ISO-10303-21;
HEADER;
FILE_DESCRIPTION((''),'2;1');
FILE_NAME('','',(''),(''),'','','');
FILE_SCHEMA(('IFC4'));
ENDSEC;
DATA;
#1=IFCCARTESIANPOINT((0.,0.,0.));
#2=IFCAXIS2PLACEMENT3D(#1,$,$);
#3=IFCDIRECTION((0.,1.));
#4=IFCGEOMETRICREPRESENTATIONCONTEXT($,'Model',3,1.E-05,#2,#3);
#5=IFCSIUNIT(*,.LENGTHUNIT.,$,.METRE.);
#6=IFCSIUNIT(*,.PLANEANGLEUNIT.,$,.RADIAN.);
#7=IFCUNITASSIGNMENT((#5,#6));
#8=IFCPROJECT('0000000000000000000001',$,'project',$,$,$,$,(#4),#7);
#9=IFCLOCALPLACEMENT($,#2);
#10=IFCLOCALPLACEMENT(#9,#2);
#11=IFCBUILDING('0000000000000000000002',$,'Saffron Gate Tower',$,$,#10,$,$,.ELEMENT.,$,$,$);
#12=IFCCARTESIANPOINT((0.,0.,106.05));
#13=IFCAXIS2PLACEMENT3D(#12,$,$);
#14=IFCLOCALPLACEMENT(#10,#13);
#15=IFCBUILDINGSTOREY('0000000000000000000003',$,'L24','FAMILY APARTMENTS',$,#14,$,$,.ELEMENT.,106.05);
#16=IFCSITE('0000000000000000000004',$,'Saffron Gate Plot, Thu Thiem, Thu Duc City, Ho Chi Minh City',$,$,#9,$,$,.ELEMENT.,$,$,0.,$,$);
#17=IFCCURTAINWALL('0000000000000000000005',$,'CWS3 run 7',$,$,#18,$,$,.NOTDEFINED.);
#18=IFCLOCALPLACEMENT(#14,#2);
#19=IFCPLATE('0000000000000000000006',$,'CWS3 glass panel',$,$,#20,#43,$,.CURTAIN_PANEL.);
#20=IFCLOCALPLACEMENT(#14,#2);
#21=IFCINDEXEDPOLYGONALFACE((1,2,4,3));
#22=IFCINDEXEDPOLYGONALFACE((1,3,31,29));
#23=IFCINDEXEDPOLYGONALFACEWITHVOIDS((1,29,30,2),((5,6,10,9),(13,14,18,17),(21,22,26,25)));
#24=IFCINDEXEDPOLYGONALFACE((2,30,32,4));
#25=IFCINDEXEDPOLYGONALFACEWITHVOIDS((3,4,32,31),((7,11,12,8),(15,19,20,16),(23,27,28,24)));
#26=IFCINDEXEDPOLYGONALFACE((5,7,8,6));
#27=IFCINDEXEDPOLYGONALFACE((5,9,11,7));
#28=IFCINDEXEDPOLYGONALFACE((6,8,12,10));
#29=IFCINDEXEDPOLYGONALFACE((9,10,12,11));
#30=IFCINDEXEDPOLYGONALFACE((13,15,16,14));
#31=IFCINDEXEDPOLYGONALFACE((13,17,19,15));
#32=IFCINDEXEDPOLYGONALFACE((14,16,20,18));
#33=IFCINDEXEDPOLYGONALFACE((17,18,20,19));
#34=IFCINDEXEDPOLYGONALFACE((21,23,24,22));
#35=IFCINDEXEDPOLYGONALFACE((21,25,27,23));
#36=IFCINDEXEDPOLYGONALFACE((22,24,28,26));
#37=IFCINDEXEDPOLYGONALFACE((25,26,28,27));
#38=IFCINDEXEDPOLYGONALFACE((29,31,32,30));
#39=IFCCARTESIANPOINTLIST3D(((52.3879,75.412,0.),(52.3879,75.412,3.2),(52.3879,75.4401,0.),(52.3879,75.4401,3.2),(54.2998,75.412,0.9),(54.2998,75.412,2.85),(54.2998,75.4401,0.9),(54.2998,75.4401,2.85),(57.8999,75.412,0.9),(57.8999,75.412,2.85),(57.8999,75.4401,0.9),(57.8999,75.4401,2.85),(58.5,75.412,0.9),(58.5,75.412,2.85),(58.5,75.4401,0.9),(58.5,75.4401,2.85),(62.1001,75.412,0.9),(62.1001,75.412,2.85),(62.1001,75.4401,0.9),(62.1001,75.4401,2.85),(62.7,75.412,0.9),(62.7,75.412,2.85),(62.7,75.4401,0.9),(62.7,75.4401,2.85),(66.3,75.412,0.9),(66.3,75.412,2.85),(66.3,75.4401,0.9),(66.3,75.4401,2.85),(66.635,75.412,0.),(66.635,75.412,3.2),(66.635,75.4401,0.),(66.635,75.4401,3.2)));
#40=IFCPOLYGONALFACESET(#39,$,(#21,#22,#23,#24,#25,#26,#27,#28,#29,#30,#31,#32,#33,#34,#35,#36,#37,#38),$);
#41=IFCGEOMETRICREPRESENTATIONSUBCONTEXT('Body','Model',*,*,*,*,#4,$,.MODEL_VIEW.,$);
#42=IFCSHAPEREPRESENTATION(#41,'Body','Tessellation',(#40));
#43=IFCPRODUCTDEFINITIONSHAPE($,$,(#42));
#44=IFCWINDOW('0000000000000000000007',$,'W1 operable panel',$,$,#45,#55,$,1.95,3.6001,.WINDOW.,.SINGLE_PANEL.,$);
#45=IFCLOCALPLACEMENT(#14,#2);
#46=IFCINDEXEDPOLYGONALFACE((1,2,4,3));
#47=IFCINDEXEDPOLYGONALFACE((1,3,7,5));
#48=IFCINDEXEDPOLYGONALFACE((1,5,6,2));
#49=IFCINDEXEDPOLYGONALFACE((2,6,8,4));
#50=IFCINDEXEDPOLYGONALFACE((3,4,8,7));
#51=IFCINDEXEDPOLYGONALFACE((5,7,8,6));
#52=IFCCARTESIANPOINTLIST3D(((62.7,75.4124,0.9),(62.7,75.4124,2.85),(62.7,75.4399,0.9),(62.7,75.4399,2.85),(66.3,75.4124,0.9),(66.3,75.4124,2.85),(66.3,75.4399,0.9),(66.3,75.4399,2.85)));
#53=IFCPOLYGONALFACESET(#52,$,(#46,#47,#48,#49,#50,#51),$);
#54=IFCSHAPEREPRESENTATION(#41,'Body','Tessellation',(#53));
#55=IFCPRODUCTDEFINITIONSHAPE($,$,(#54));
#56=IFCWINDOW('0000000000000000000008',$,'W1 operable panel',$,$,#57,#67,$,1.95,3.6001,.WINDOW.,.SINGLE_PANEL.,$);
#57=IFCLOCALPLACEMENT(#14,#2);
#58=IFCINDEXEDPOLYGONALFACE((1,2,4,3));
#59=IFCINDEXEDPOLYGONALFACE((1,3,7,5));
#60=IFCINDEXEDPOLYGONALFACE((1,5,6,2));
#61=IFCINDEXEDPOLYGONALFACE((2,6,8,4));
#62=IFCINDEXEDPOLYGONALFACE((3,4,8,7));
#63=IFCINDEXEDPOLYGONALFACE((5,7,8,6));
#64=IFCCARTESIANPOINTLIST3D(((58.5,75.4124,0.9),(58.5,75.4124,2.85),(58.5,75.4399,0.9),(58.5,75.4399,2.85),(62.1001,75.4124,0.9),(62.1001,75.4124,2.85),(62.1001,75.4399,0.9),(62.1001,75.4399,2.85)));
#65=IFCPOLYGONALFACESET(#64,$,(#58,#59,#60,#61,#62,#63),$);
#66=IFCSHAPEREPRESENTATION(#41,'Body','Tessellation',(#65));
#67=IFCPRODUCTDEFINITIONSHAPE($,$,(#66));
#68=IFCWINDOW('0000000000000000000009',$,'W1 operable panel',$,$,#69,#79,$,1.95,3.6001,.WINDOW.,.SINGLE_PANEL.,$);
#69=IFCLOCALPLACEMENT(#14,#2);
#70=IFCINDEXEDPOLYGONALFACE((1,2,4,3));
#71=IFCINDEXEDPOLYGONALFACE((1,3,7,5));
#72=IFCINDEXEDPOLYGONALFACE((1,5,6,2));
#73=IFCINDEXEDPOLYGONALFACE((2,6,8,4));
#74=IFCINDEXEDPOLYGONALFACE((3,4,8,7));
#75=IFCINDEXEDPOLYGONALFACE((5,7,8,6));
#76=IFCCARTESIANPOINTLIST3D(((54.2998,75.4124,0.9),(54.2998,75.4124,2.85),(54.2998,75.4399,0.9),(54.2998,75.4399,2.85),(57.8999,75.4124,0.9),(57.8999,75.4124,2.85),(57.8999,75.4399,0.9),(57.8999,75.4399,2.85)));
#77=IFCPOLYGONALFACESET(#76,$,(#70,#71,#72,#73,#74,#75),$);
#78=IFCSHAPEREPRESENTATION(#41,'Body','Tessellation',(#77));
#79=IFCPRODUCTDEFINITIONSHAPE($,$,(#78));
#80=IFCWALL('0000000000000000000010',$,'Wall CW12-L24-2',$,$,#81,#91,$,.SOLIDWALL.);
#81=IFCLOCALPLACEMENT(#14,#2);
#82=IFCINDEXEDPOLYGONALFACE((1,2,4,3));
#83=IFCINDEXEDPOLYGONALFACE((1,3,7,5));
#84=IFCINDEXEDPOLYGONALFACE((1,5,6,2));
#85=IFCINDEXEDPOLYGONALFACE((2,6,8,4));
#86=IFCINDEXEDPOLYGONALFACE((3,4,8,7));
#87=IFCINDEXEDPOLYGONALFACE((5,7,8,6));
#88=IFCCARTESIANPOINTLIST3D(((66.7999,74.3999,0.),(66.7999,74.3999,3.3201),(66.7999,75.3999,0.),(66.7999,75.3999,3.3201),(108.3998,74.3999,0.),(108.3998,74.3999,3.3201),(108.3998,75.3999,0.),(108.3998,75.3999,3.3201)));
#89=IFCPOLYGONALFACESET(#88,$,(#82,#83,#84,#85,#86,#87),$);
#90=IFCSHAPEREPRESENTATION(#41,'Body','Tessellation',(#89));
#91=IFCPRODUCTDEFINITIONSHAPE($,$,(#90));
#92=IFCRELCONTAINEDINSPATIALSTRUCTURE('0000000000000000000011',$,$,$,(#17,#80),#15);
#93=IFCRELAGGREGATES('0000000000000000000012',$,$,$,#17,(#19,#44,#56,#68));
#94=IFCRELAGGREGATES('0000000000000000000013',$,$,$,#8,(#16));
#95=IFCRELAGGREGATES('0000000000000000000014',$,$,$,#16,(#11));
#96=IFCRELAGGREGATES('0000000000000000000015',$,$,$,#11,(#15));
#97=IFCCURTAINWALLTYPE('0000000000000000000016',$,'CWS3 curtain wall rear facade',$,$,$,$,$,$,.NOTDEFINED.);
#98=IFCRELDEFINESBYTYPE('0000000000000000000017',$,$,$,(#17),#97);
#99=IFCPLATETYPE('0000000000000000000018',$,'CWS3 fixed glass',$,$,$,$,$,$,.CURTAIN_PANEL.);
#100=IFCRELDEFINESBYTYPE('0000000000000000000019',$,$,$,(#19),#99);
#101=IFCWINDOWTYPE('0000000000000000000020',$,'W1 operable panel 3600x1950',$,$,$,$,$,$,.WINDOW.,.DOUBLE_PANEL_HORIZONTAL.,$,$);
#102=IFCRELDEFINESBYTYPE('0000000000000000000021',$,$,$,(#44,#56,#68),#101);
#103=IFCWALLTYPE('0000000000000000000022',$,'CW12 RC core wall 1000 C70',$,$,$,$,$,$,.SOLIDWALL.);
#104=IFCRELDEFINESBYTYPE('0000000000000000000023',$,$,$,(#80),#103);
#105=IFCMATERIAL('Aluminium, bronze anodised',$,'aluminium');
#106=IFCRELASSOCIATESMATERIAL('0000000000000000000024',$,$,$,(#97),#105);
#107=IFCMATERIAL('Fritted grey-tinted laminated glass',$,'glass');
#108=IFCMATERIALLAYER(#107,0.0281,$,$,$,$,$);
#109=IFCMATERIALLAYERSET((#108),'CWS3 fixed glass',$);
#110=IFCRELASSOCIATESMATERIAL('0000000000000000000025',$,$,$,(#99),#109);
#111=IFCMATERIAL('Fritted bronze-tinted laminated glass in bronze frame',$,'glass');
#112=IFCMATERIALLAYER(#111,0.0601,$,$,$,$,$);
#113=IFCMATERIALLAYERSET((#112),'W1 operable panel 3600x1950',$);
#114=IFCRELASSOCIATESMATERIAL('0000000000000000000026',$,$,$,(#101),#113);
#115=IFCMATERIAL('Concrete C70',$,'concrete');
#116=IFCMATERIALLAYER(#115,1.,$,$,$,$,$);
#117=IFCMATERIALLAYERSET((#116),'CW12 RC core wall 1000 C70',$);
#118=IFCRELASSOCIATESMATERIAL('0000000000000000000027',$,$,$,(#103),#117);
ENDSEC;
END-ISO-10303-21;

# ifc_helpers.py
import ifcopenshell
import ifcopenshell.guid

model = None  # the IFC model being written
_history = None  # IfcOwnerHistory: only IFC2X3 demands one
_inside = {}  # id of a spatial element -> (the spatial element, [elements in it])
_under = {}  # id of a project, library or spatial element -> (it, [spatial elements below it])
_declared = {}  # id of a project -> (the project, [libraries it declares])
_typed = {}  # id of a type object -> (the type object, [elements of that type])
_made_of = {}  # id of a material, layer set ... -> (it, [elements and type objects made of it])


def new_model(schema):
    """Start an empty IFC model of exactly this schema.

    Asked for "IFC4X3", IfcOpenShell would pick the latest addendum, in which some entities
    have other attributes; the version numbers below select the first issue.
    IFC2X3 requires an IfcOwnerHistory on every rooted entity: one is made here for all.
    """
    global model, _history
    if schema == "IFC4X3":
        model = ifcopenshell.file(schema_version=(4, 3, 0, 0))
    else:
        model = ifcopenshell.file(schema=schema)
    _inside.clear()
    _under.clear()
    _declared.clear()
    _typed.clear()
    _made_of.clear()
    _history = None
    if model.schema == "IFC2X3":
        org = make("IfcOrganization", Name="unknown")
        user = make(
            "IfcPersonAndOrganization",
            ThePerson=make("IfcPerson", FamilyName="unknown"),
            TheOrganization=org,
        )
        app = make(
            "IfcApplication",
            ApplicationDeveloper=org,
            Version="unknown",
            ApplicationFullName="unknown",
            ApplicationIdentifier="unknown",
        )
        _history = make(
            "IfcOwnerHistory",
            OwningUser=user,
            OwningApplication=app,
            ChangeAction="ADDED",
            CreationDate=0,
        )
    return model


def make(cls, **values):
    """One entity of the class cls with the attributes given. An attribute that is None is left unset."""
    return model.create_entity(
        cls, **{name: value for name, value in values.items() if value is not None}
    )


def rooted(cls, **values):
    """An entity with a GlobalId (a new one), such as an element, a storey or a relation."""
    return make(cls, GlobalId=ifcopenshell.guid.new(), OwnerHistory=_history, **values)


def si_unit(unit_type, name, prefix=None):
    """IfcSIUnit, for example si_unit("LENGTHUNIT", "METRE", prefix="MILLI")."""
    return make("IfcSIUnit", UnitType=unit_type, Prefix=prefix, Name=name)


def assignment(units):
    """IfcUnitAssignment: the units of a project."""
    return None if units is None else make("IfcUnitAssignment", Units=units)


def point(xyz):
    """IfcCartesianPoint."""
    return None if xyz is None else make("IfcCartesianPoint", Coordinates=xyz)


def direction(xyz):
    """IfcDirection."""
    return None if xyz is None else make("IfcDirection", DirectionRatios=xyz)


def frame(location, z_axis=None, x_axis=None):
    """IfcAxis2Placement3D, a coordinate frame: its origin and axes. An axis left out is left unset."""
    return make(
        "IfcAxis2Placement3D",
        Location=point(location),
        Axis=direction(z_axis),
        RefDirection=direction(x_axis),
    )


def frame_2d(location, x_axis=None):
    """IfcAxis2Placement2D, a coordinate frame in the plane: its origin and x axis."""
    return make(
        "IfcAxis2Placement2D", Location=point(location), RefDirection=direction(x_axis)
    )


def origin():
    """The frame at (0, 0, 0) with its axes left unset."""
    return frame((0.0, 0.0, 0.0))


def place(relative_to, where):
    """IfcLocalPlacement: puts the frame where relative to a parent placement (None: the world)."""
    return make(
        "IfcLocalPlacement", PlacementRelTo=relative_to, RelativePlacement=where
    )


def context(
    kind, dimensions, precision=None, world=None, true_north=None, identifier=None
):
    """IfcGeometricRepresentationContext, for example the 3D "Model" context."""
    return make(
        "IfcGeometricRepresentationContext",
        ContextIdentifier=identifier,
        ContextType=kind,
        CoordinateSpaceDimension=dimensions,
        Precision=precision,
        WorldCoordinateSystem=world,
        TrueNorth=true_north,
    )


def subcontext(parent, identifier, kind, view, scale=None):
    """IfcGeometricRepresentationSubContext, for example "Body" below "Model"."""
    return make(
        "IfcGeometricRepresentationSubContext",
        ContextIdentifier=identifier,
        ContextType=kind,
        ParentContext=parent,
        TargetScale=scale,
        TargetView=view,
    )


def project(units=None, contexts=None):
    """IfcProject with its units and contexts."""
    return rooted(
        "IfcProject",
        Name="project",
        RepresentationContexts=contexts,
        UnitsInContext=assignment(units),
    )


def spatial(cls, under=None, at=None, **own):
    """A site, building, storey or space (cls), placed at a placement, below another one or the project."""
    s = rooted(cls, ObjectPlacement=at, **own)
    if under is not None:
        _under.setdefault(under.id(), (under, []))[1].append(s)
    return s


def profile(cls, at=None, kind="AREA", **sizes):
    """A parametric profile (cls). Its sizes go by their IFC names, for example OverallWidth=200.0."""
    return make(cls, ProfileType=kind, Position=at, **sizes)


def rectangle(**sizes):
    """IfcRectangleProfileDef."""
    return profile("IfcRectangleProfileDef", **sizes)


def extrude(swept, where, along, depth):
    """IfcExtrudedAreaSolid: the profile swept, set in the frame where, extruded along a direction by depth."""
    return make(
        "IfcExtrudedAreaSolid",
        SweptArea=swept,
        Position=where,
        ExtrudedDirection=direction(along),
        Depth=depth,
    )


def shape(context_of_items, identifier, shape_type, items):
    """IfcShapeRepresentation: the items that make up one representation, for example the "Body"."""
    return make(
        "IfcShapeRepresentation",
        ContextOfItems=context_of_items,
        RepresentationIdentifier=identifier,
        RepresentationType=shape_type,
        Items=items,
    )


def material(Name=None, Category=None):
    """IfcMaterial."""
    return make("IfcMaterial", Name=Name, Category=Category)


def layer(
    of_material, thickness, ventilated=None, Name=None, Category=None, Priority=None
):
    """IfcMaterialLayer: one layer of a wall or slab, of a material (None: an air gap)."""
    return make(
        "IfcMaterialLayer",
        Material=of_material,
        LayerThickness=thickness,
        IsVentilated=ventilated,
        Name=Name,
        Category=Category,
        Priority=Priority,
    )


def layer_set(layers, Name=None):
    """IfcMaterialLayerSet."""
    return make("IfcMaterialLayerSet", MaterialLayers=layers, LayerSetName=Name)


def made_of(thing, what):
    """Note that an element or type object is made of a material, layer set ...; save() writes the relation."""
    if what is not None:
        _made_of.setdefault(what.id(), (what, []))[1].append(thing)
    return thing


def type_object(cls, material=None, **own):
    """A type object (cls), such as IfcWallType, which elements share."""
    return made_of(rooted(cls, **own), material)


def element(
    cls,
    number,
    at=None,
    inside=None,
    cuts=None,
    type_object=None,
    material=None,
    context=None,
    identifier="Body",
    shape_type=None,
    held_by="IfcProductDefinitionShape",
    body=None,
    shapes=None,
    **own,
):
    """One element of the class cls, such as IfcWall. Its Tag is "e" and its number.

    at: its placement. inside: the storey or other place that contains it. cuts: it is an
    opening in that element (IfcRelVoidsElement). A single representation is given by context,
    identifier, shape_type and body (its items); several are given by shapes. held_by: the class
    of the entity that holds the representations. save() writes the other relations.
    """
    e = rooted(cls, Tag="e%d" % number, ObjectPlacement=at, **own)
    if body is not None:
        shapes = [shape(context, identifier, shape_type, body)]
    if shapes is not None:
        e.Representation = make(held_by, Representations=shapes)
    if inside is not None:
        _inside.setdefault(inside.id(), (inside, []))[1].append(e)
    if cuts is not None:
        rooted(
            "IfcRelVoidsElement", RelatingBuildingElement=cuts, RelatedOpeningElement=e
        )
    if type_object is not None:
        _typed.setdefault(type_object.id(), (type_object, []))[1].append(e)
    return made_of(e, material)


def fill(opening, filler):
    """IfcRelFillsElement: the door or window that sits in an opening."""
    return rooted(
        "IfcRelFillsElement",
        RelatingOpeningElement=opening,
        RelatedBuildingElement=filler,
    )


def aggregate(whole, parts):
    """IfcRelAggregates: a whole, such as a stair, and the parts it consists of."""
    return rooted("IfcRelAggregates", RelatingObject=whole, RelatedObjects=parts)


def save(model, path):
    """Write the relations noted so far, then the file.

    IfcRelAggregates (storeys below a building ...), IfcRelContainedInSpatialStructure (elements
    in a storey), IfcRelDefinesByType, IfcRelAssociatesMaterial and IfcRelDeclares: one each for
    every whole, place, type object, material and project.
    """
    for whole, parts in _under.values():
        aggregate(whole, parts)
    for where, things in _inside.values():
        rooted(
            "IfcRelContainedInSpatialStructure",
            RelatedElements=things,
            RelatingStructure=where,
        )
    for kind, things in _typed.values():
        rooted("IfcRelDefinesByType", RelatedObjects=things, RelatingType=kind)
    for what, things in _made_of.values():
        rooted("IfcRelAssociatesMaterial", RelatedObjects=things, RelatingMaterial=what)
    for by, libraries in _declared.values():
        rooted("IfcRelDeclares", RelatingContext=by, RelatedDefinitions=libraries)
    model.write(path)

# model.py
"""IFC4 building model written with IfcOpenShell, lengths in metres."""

from ifc_helpers import new_model, si_unit, direction, frame, frame_2d, origin, place, context, subcontext, project, spatial, rectangle, extrude, material, layer, layer_set, type_object, element, fill, aggregate, save


model = new_model("IFC4")

# Units and contexts
model_context = context("Model", 3, precision=1e-05, world=origin(), true_north=direction((0.0, 1.0)))
body_context = subcontext(model_context, "Body", "Model", "MODEL_VIEW")
ifc_project = project(units=[si_unit("LENGTHUNIT", "METRE"), si_unit("PLANEANGLEUNIT", "RADIAN")], contexts=[model_context])

# Site, building, storey
site_placement = place(None, origin())
site = spatial("IfcSite", under=ifc_project, at=site_placement, Name="Saffron Gate Plot, Thu Thiem, Thu Duc City, Ho Chi Minh City", CompositionType="ELEMENT", RefElevation=0.0)
building_placement = place(site_placement, origin())
building = spatial("IfcBuilding", under=site, at=building_placement, Name="Saffron Gate Tower", CompositionType="ELEMENT")
storey_placement = place(building_placement, frame((0.0, 0.0, 106.05)))
storey = spatial("IfcBuildingStorey", under=building, at=storey_placement, Name="L24", Description="FAMILY APARTMENTS", CompositionType="ELEMENT", Elevation=106.05)

# Curtain wall, plate, openings, windows
ifc_material_1 = material(Name="Aluminium, bronze anodised", Category="aluminium")
curtain_wall_type = type_object("IfcCurtainWallType", Name="CWS3 curtain wall rear facade", PredefinedType="NOTDEFINED", material=ifc_material_1)
curtain_wall_placement = place(storey_placement, origin())
curtain_wall = element("IfcCurtainWall", 1, at=curtain_wall_placement, inside=storey, type_object=curtain_wall_type, Name="CWS3 run 7", PredefinedType="NOTDEFINED")
ifc_material_2 = material(Name="Fritted grey-tinted laminated glass", Category="glass")
ifc_layer_1 = layer(ifc_material_2, 0.0281)
ifc_layer_set_1 = layer_set([ifc_layer_1], Name="CWS3 fixed glass")
plate_type = type_object("IfcPlateType", Name="CWS3 fixed glass", PredefinedType="CURTAIN_PANEL", material=ifc_layer_set_1)
plate_placement = place(storey_placement, frame((66.635, 75.426, 0.0), z_axis=(0.0, 0.0, 1.0), x_axis=(-1.0, 0.0, 0.0)))
plate = element("IfcPlate", 2, at=plate_placement, type_object=plate_type, Name="CWS3 glass panel", PredefinedType="CURTAIN_PANEL", context=body_context, shape_type="SweptSolid", body=[
    extrude(rectangle(XDim=14.2471, YDim=0.0281, at=frame_2d((7.1235, 0.0))), origin(), (0.0, 0.0, 1.0), 3.2),
])
opening_1_placement = place(plate_placement, frame((0.335, 0.0, 0.8999)))
opening_1 = element("IfcOpeningElement", 3, at=opening_1_placement, cuts=plate, PredefinedType="OPENING", context=body_context, shape_type="SweptSolid", body=[
    extrude(rectangle(XDim=3.6001, YDim=1.95, at=frame_2d((1.8, 0.9751))), frame((0.0, 0.0239, 0.0), z_axis=(0.0, -1.0, 0.0), x_axis=(1.0, 0.0, 0.0)), (0.0, 0.0, 1.0), 0.0481),
])
opening_2_placement = place(plate_placement, frame((4.5349, 0.0, 0.8999)))
opening_2 = element("IfcOpeningElement", 4, at=opening_2_placement, cuts=plate, PredefinedType="OPENING", context=body_context, shape_type="SweptSolid", body=[
    extrude(rectangle(XDim=3.6001, YDim=1.95, at=frame_2d((1.8, 0.9751))), frame((0.0, 0.0239, 0.0), z_axis=(0.0, -1.0, 0.0), x_axis=(1.0, 0.0, 0.0)), (0.0, 0.0, 1.0), 0.0481),
])
opening_3_placement = place(plate_placement, frame((8.7351, 0.0, 0.8999)))
opening_3 = element("IfcOpeningElement", 5, at=opening_3_placement, cuts=plate, PredefinedType="OPENING", context=body_context, shape_type="SweptSolid", body=[
    extrude(rectangle(XDim=3.6001, YDim=1.95, at=frame_2d((1.8, 0.9751))), frame((0.0, 0.0239, 0.0), z_axis=(0.0, -1.0, 0.0), x_axis=(1.0, 0.0, 0.0)), (0.0, 0.0, 1.0), 0.0481),
])
ifc_material_3 = material(Name="Fritted bronze-tinted laminated glass in bronze frame", Category="glass")
ifc_layer_2 = layer(ifc_material_3, 0.0601)
ifc_layer_set_2 = layer_set([ifc_layer_2], Name="W1 operable panel 3600x1950")
window_type = type_object("IfcWindowType", Name="W1 operable panel 3600x1950", PartitioningType="DOUBLE_PANEL_HORIZONTAL", PredefinedType="WINDOW", material=ifc_layer_set_2)
window_1_placement = place(opening_1_placement, origin())
window_1 = element("IfcWindow", 6, at=window_1_placement, type_object=window_type, Name="W1 operable panel", OverallHeight=1.95, OverallWidth=3.6001, PartitioningType="SINGLE_PANEL", PredefinedType="WINDOW", context=body_context, shape_type="SweptSolid", body=[
    extrude(rectangle(XDim=3.6001, YDim=1.95, at=frame_2d((1.8, 0.9751))), frame((0.0, 0.0137, 0.0), z_axis=(0.0, -1.0, 0.0), x_axis=(1.0, 0.0, 0.0)), (0.0, 0.0, 1.0), 0.0276),
])
fill(opening_1, window_1)
window_2_placement = place(opening_2_placement, origin())
window_2 = element("IfcWindow", 7, at=window_2_placement, type_object=window_type, Name="W1 operable panel", OverallHeight=1.95, OverallWidth=3.6001, PartitioningType="SINGLE_PANEL", PredefinedType="WINDOW", context=body_context, shape_type="SweptSolid", body=[
    extrude(rectangle(XDim=3.6001, YDim=1.95, at=frame_2d((1.8, 0.9751))), frame((0.0, 0.0137, 0.0), z_axis=(0.0, -1.0, 0.0), x_axis=(1.0, 0.0, 0.0)), (0.0, 0.0, 1.0), 0.0276),
])
fill(opening_2, window_2)
window_3_placement = place(opening_3_placement, origin())
window_3 = element("IfcWindow", 8, at=window_3_placement, type_object=window_type, Name="W1 operable panel", OverallHeight=1.95, OverallWidth=3.6001, PartitioningType="SINGLE_PANEL", PredefinedType="WINDOW", context=body_context, shape_type="SweptSolid", body=[
    extrude(rectangle(XDim=3.6001, YDim=1.95, at=frame_2d((1.8, 0.9751))), frame((0.0, 0.0137, 0.0), z_axis=(0.0, -1.0, 0.0), x_axis=(1.0, 0.0, 0.0)), (0.0, 0.0, 1.0), 0.0276),
])
fill(opening_3, window_3)
aggregate(curtain_wall, [plate, window_1, window_2, window_3])

# Wall
ifc_material_4 = material(Name="Concrete C70", Category="concrete")
ifc_layer_3 = layer(ifc_material_4, 1.0)
ifc_layer_set_3 = layer_set([ifc_layer_3], Name="CW12 RC core wall 1000 C70")
wall_type_1 = type_object("IfcWallType", Name="CW12 RC core wall 1000 C70", PredefinedType="SOLIDWALL", material=ifc_layer_set_3)
wall_1_placement = place(storey_placement, frame((66.8, 74.8999, 0.0), z_axis=(0.0, 0.0, 1.0), x_axis=(1.0, 0.0, 0.0)))
element("IfcWall", 9, at=wall_1_placement, inside=storey, type_object=wall_type_1, Name="Wall CW12-L24-2", PredefinedType="SOLIDWALL", context=body_context, shape_type="SweptSolid", body=[
    extrude(rectangle(XDim=41.5999, YDim=1.0, at=frame_2d((20.7998, 0.0))), origin(), (0.0, 0.0, 1.0), 3.3201),
])

save(model, "model.ifc")
